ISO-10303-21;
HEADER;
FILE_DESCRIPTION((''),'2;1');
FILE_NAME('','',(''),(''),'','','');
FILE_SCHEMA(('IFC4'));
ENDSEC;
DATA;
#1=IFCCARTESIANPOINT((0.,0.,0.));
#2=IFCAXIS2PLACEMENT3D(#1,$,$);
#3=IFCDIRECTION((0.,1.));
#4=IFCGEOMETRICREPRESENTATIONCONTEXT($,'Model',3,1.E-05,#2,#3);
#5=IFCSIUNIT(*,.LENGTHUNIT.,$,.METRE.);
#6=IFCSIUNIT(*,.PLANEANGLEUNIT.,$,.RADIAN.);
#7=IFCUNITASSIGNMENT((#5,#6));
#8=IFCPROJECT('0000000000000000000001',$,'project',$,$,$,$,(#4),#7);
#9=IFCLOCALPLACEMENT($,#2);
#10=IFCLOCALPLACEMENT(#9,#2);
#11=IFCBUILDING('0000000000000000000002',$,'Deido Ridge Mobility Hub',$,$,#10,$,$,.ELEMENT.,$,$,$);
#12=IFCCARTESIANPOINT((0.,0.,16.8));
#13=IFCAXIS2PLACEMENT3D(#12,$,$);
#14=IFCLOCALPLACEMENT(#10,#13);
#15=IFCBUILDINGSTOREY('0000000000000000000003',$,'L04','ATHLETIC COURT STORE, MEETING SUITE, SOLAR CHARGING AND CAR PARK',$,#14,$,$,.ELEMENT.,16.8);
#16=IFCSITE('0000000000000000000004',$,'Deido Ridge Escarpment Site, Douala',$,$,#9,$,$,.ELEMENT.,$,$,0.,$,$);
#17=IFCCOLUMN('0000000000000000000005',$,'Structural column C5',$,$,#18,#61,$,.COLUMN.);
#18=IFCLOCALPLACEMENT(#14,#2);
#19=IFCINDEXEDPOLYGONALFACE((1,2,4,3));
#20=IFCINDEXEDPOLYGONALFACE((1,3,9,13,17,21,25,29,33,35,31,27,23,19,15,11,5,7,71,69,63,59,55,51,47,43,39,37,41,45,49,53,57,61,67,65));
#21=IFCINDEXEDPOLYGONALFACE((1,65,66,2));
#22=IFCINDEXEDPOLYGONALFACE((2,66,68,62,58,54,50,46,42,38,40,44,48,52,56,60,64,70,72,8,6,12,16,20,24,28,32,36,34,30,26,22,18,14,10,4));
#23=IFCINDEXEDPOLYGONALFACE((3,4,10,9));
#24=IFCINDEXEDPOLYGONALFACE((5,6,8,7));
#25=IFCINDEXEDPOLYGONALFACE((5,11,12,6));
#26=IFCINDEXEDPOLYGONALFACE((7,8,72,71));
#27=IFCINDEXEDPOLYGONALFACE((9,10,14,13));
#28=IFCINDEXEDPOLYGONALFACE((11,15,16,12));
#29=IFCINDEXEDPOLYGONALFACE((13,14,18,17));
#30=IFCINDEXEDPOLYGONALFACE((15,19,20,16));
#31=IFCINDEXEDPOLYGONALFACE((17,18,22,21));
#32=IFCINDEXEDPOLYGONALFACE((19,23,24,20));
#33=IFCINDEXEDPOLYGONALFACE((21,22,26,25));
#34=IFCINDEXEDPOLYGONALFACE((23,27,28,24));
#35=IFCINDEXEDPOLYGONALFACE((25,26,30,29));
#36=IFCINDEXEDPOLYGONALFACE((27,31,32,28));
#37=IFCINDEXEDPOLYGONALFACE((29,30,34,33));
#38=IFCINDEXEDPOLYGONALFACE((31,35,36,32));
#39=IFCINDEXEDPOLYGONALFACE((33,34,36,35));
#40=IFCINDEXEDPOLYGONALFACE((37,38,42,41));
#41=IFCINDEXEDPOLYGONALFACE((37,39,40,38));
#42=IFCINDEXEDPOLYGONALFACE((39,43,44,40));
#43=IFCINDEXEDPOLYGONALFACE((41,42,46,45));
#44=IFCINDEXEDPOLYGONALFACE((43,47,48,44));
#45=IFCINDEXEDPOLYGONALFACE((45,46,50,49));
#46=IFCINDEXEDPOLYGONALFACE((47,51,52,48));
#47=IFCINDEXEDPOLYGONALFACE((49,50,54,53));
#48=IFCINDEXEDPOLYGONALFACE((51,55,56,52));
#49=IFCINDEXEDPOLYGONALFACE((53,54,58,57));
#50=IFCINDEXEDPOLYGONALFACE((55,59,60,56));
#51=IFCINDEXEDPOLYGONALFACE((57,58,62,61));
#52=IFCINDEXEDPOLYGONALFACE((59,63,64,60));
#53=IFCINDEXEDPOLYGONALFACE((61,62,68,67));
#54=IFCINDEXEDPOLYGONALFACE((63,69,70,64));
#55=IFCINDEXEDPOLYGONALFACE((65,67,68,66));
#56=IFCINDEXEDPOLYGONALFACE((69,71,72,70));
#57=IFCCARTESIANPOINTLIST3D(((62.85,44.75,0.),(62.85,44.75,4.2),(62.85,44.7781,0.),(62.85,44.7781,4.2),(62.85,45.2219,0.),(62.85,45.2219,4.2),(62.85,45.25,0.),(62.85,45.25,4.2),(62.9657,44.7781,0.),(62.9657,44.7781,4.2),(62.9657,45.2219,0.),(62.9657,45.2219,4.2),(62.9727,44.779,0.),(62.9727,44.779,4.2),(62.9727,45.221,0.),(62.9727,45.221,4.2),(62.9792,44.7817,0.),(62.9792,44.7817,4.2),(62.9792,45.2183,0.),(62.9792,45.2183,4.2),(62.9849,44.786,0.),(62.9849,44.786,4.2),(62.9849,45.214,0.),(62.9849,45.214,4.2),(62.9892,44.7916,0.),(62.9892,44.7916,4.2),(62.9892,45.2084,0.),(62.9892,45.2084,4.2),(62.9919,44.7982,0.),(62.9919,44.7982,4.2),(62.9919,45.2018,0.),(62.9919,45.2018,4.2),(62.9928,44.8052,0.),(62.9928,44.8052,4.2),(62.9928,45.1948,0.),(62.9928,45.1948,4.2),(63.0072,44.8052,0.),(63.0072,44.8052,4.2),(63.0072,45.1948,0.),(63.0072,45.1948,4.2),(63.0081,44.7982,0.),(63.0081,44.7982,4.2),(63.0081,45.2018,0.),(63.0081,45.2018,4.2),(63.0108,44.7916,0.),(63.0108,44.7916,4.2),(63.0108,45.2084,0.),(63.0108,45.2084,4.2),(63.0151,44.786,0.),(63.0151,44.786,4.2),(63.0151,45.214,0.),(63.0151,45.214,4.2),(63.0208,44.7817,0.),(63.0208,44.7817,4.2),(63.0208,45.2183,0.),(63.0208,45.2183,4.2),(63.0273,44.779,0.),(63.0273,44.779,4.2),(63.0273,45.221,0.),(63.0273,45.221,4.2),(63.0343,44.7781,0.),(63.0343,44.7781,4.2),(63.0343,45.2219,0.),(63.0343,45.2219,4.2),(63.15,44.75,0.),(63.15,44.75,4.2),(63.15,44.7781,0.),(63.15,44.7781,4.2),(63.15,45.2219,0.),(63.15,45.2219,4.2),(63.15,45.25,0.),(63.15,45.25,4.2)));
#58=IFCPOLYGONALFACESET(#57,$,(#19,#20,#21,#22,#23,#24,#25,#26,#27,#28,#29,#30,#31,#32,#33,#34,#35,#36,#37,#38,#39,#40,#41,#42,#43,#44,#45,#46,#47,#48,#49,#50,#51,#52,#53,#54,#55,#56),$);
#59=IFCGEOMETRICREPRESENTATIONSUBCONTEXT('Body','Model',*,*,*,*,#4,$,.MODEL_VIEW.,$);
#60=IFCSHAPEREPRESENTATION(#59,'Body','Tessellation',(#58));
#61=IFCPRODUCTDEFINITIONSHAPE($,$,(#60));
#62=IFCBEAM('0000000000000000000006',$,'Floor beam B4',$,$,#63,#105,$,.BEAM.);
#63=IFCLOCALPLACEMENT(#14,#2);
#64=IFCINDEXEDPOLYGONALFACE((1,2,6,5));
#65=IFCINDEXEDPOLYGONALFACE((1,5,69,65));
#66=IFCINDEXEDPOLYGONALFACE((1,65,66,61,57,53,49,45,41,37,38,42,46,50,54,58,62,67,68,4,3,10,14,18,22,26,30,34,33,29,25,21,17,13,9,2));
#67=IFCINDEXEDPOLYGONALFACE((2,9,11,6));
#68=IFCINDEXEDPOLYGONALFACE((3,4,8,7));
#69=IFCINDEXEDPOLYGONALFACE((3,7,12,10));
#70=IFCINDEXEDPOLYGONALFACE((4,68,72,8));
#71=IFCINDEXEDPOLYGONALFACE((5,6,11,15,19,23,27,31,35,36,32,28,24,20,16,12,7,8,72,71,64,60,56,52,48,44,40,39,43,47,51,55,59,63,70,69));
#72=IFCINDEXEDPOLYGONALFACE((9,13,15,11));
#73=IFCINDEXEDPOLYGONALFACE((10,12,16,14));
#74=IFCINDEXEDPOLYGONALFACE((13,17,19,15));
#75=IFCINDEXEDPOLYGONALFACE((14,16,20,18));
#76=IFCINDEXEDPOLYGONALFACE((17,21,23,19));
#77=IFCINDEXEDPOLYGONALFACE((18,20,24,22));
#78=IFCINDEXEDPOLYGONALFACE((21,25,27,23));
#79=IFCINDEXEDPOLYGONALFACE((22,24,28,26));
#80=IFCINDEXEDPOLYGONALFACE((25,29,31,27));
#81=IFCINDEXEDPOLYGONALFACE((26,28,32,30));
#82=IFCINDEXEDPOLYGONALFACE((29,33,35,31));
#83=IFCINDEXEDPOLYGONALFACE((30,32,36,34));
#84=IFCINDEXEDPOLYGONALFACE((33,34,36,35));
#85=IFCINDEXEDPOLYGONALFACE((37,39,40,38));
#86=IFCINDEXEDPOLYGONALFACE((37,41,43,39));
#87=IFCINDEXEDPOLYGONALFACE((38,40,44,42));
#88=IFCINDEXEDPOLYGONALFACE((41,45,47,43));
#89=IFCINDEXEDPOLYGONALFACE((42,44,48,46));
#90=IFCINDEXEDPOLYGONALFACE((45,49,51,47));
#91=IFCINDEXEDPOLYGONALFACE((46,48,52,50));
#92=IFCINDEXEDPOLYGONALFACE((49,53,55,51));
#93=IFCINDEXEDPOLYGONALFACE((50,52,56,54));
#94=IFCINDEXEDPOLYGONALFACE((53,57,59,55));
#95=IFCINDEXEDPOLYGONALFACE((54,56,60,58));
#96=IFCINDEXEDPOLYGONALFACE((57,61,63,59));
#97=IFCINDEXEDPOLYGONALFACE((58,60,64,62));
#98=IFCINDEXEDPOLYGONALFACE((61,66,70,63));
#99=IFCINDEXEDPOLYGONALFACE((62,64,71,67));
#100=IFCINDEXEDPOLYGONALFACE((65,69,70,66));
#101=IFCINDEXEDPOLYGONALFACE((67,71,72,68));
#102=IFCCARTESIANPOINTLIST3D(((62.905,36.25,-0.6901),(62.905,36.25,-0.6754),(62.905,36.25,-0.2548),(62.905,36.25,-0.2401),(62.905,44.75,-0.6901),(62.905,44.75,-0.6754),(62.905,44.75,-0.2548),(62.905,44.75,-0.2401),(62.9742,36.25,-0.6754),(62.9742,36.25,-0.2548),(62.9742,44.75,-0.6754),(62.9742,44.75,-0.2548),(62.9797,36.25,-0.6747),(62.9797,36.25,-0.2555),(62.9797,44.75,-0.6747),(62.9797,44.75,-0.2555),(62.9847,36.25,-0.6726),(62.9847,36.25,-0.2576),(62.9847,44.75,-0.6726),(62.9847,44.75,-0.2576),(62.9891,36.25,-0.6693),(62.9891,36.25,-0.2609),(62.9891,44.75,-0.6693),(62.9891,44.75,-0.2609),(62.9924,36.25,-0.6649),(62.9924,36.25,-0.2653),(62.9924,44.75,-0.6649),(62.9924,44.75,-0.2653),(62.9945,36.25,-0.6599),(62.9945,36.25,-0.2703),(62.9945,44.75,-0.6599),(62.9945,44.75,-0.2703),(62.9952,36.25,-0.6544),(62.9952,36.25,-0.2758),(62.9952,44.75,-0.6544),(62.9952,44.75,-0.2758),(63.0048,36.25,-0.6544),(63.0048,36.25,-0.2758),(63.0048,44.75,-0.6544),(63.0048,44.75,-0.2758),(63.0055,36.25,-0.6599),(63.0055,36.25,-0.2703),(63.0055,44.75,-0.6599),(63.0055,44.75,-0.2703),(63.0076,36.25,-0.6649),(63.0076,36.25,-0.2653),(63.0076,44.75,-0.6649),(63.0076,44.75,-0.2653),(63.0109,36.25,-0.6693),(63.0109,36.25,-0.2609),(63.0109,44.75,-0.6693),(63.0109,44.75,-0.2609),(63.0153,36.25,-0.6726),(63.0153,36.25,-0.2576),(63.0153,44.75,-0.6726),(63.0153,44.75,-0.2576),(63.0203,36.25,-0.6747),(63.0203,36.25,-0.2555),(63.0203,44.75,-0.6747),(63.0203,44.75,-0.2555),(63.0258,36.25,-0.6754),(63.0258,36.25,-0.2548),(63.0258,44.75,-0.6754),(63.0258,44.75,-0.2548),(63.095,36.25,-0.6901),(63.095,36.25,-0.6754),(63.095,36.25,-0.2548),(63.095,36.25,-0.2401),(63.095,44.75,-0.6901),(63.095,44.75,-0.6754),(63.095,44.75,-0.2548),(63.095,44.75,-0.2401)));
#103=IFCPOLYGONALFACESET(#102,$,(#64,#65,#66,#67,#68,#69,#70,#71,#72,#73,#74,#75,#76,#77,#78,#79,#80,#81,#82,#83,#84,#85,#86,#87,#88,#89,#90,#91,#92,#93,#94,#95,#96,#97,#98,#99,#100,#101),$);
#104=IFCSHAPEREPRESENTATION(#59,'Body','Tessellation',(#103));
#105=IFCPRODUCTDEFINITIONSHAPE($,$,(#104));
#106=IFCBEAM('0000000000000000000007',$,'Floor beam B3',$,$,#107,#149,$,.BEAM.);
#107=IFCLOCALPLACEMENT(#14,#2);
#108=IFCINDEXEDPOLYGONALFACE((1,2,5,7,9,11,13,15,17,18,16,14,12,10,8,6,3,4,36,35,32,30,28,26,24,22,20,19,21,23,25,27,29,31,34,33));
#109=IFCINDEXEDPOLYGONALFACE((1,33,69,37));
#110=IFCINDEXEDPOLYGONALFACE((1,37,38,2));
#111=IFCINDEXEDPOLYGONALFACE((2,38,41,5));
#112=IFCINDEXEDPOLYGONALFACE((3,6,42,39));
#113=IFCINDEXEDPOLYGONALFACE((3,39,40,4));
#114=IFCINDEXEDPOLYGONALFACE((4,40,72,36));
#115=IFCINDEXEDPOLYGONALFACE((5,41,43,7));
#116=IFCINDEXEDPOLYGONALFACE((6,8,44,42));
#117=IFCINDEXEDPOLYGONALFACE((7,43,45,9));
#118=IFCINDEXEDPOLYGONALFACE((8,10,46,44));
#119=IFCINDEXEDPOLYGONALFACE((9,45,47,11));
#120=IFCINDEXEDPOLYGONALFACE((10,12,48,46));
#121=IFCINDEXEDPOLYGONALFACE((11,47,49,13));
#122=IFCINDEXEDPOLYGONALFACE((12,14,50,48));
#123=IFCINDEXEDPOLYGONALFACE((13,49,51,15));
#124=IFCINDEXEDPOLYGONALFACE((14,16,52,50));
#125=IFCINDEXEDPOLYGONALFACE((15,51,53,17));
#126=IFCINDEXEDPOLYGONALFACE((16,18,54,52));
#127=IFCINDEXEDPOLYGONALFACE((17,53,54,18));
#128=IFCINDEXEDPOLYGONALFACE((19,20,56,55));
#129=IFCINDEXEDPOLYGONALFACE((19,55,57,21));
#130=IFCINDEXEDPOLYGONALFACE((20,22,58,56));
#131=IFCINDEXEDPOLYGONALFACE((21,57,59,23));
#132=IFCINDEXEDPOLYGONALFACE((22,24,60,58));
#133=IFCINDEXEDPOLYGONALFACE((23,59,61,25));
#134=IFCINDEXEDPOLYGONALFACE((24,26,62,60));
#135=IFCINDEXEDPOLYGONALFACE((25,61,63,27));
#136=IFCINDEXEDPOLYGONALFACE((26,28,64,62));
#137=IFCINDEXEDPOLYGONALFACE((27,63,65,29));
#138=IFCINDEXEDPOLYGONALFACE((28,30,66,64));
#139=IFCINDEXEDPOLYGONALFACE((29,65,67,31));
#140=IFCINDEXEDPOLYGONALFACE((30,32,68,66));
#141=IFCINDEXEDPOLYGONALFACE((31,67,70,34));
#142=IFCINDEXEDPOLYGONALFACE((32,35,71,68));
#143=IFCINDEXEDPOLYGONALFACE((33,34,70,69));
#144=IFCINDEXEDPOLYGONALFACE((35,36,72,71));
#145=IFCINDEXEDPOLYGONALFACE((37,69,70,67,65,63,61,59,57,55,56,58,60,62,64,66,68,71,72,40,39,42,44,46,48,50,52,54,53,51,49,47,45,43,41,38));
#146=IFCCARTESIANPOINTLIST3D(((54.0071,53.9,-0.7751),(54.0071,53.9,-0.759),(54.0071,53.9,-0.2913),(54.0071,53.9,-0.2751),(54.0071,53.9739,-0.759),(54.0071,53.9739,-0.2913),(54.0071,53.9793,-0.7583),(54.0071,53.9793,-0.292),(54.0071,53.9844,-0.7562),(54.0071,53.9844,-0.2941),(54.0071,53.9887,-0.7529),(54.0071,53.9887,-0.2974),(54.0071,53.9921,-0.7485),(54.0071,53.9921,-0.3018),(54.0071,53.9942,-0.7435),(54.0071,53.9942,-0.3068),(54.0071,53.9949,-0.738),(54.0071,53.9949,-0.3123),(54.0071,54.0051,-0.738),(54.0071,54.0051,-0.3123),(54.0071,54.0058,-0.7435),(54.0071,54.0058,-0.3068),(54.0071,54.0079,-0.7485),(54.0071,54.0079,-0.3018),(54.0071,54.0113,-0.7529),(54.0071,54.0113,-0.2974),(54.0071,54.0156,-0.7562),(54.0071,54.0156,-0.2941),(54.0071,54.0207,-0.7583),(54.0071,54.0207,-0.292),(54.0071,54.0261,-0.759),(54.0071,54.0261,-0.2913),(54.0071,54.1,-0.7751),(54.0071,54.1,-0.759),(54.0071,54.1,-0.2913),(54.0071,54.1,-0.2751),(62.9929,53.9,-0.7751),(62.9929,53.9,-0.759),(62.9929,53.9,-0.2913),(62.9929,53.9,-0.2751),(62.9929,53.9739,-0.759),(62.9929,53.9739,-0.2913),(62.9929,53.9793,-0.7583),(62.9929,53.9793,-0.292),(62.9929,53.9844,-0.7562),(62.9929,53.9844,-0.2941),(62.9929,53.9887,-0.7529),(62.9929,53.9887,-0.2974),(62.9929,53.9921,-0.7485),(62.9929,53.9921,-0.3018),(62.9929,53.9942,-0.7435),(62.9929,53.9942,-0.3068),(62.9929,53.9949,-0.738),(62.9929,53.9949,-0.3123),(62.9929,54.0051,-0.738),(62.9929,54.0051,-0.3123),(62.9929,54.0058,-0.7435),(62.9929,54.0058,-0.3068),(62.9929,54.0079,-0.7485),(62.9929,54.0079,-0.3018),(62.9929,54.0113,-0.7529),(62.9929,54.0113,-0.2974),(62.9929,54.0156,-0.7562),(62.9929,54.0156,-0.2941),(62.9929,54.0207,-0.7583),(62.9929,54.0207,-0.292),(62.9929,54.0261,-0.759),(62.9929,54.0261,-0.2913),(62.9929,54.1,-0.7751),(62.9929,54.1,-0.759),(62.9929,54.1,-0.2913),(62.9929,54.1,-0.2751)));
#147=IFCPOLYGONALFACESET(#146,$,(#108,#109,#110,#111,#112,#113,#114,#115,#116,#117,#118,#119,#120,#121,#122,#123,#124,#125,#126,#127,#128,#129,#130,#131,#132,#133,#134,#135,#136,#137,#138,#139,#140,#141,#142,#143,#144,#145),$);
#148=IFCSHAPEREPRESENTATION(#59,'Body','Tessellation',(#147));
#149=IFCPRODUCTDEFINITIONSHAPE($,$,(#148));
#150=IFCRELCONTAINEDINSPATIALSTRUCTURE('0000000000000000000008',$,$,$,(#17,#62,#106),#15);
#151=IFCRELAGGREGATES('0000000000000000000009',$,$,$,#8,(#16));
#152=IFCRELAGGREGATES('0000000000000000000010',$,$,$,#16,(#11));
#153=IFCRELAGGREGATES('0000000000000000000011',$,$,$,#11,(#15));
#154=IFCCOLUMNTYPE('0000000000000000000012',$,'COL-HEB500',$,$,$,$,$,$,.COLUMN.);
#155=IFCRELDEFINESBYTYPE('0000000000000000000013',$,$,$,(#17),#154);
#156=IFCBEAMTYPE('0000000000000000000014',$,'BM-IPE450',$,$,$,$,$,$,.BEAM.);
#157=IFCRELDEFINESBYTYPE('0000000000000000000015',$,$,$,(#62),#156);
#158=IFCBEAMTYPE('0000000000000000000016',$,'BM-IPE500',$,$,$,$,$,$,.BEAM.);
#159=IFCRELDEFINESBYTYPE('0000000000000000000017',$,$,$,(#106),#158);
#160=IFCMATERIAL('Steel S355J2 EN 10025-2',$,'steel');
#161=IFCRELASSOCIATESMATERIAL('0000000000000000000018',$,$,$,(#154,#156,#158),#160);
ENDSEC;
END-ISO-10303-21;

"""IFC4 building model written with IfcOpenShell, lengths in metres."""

from ifc_helpers import new_model, si_unit, direction, frame, origin, origin_2d, place, context, subcontext, project, spatial, i_section, extrude, material, material_profile, profile_set, type_object, element, save


model = new_model("IFC4")

# Units and contexts
model_context = context("Model", 3, precision=1e-05, world=origin(), true_north=direction((0.0, 1.0)))
body_context = subcontext(model_context, "Body", "Model", "MODEL_VIEW")
ifc_project = project(units=[si_unit("LENGTHUNIT", "METRE"), si_unit("PLANEANGLEUNIT", "RADIAN")], contexts=[model_context])

# Site, building, storey
site_placement = place(None, origin())
site = spatial("IfcSite", under=ifc_project, at=site_placement, Name="Deido Ridge Escarpment Site, Douala", CompositionType="ELEMENT", RefElevation=0.0)
building_placement = place(site_placement, origin())
building = spatial("IfcBuilding", under=site, at=building_placement, Name="Deido Ridge Mobility Hub", CompositionType="ELEMENT")
storey_placement = place(building_placement, frame((0.0, 0.0, 16.8)))
storey = spatial("IfcBuildingStorey", under=building, at=storey_placement, Name="L04", Description="ATHLETIC COURT STORE, MEETING SUITE, SOLAR CHARGING AND CAR PARK", CompositionType="ELEMENT", Elevation=16.8)

# Column
ifc_material_1 = material(Name="Steel S355J2 EN 10025-2", Category="steel")
ifc_material_profile_1 = material_profile(ifc_material_1, i_section(OverallWidth=0.3, OverallDepth=0.5, WebThickness=0.0144, FlangeThickness=0.0281, FilletRadius=0.0271, at=origin_2d()), Name="HEB 500")
ifc_profile_set_1 = profile_set([ifc_material_profile_1], Name="Steel S355J2 EN 10025-2")
column_type = type_object("IfcColumnType", Name="COL-HEB500", PredefinedType="COLUMN", material=ifc_profile_set_1)
column_placement = place(storey_placement, frame((63.0, 45.0, 0.0), z_axis=(0.0, 0.0, 1.0), x_axis=(1.0, 0.0, 0.0)))
element("IfcColumn", 1, at=column_placement, inside=storey, type_object=column_type, Name="Structural column C5", PredefinedType="COLUMN", context=body_context, shape_type="SweptSolid", body=[
    extrude(i_section(OverallWidth=0.3, OverallDepth=0.5, WebThickness=0.0144, FlangeThickness=0.0281, FilletRadius=0.0271, at=origin_2d()), origin(), (0.0, 0.0, 1.0), 4.2),
])

# Beams
ifc_material_profile_2 = material_profile(ifc_material_1, i_section(OverallWidth=0.1899, OverallDepth=0.45, WebThickness=0.0095, FlangeThickness=0.0146, FilletRadius=0.021, at=origin_2d()), Name="IPE 450")
ifc_profile_set_2 = profile_set([ifc_material_profile_2], Name="Steel S355J2 EN 10025-2")
beam_type_1 = type_object("IfcBeamType", Name="BM-IPE450", PredefinedType="BEAM", material=ifc_profile_set_2)
beam_1_placement = place(storey_placement, frame((63.0, 36.25, -0.4651), z_axis=(0.0, 1.0, 0.0), x_axis=(-1.0, 0.0, 0.0)))
element("IfcBeam", 2, at=beam_1_placement, inside=storey, type_object=beam_type_1, Name="Floor beam B4", PredefinedType="BEAM", context=body_context, shape_type="SweptSolid", body=[
    extrude(i_section(OverallWidth=0.1899, OverallDepth=0.45, WebThickness=0.0095, FlangeThickness=0.0146, FilletRadius=0.021, at=origin_2d()), origin(), (0.0, 0.0, 1.0), 8.5),
])
ifc_material_profile_3 = material_profile(ifc_material_1, i_section(OverallWidth=0.2, OverallDepth=0.5, WebThickness=0.0103, FlangeThickness=0.0161, FilletRadius=0.021, at=origin_2d()), Name="IPE 500")
ifc_profile_set_3 = profile_set([ifc_material_profile_3], Name="Steel S355J2 EN 10025-2")
beam_type_2 = type_object("IfcBeamType", Name="BM-IPE500", PredefinedType="BEAM", material=ifc_profile_set_3)
beam_2_placement = place(storey_placement, frame((54.0071, 54.0, -0.5251), z_axis=(1.0, 0.0, 0.0), x_axis=(0.0, 1.0, 0.0)))
element("IfcBeam", 3, at=beam_2_placement, inside=storey, type_object=beam_type_2, Name="Floor beam B3", PredefinedType="BEAM", context=body_context, shape_type="SweptSolid", body=[
    extrude(i_section(OverallWidth=0.2, OverallDepth=0.5, WebThickness=0.0103, FlangeThickness=0.0161, FilletRadius=0.021, at=origin_2d()), origin(), (0.0, 0.0, 1.0), 8.9858),
])

save(model, "model.ifc")
